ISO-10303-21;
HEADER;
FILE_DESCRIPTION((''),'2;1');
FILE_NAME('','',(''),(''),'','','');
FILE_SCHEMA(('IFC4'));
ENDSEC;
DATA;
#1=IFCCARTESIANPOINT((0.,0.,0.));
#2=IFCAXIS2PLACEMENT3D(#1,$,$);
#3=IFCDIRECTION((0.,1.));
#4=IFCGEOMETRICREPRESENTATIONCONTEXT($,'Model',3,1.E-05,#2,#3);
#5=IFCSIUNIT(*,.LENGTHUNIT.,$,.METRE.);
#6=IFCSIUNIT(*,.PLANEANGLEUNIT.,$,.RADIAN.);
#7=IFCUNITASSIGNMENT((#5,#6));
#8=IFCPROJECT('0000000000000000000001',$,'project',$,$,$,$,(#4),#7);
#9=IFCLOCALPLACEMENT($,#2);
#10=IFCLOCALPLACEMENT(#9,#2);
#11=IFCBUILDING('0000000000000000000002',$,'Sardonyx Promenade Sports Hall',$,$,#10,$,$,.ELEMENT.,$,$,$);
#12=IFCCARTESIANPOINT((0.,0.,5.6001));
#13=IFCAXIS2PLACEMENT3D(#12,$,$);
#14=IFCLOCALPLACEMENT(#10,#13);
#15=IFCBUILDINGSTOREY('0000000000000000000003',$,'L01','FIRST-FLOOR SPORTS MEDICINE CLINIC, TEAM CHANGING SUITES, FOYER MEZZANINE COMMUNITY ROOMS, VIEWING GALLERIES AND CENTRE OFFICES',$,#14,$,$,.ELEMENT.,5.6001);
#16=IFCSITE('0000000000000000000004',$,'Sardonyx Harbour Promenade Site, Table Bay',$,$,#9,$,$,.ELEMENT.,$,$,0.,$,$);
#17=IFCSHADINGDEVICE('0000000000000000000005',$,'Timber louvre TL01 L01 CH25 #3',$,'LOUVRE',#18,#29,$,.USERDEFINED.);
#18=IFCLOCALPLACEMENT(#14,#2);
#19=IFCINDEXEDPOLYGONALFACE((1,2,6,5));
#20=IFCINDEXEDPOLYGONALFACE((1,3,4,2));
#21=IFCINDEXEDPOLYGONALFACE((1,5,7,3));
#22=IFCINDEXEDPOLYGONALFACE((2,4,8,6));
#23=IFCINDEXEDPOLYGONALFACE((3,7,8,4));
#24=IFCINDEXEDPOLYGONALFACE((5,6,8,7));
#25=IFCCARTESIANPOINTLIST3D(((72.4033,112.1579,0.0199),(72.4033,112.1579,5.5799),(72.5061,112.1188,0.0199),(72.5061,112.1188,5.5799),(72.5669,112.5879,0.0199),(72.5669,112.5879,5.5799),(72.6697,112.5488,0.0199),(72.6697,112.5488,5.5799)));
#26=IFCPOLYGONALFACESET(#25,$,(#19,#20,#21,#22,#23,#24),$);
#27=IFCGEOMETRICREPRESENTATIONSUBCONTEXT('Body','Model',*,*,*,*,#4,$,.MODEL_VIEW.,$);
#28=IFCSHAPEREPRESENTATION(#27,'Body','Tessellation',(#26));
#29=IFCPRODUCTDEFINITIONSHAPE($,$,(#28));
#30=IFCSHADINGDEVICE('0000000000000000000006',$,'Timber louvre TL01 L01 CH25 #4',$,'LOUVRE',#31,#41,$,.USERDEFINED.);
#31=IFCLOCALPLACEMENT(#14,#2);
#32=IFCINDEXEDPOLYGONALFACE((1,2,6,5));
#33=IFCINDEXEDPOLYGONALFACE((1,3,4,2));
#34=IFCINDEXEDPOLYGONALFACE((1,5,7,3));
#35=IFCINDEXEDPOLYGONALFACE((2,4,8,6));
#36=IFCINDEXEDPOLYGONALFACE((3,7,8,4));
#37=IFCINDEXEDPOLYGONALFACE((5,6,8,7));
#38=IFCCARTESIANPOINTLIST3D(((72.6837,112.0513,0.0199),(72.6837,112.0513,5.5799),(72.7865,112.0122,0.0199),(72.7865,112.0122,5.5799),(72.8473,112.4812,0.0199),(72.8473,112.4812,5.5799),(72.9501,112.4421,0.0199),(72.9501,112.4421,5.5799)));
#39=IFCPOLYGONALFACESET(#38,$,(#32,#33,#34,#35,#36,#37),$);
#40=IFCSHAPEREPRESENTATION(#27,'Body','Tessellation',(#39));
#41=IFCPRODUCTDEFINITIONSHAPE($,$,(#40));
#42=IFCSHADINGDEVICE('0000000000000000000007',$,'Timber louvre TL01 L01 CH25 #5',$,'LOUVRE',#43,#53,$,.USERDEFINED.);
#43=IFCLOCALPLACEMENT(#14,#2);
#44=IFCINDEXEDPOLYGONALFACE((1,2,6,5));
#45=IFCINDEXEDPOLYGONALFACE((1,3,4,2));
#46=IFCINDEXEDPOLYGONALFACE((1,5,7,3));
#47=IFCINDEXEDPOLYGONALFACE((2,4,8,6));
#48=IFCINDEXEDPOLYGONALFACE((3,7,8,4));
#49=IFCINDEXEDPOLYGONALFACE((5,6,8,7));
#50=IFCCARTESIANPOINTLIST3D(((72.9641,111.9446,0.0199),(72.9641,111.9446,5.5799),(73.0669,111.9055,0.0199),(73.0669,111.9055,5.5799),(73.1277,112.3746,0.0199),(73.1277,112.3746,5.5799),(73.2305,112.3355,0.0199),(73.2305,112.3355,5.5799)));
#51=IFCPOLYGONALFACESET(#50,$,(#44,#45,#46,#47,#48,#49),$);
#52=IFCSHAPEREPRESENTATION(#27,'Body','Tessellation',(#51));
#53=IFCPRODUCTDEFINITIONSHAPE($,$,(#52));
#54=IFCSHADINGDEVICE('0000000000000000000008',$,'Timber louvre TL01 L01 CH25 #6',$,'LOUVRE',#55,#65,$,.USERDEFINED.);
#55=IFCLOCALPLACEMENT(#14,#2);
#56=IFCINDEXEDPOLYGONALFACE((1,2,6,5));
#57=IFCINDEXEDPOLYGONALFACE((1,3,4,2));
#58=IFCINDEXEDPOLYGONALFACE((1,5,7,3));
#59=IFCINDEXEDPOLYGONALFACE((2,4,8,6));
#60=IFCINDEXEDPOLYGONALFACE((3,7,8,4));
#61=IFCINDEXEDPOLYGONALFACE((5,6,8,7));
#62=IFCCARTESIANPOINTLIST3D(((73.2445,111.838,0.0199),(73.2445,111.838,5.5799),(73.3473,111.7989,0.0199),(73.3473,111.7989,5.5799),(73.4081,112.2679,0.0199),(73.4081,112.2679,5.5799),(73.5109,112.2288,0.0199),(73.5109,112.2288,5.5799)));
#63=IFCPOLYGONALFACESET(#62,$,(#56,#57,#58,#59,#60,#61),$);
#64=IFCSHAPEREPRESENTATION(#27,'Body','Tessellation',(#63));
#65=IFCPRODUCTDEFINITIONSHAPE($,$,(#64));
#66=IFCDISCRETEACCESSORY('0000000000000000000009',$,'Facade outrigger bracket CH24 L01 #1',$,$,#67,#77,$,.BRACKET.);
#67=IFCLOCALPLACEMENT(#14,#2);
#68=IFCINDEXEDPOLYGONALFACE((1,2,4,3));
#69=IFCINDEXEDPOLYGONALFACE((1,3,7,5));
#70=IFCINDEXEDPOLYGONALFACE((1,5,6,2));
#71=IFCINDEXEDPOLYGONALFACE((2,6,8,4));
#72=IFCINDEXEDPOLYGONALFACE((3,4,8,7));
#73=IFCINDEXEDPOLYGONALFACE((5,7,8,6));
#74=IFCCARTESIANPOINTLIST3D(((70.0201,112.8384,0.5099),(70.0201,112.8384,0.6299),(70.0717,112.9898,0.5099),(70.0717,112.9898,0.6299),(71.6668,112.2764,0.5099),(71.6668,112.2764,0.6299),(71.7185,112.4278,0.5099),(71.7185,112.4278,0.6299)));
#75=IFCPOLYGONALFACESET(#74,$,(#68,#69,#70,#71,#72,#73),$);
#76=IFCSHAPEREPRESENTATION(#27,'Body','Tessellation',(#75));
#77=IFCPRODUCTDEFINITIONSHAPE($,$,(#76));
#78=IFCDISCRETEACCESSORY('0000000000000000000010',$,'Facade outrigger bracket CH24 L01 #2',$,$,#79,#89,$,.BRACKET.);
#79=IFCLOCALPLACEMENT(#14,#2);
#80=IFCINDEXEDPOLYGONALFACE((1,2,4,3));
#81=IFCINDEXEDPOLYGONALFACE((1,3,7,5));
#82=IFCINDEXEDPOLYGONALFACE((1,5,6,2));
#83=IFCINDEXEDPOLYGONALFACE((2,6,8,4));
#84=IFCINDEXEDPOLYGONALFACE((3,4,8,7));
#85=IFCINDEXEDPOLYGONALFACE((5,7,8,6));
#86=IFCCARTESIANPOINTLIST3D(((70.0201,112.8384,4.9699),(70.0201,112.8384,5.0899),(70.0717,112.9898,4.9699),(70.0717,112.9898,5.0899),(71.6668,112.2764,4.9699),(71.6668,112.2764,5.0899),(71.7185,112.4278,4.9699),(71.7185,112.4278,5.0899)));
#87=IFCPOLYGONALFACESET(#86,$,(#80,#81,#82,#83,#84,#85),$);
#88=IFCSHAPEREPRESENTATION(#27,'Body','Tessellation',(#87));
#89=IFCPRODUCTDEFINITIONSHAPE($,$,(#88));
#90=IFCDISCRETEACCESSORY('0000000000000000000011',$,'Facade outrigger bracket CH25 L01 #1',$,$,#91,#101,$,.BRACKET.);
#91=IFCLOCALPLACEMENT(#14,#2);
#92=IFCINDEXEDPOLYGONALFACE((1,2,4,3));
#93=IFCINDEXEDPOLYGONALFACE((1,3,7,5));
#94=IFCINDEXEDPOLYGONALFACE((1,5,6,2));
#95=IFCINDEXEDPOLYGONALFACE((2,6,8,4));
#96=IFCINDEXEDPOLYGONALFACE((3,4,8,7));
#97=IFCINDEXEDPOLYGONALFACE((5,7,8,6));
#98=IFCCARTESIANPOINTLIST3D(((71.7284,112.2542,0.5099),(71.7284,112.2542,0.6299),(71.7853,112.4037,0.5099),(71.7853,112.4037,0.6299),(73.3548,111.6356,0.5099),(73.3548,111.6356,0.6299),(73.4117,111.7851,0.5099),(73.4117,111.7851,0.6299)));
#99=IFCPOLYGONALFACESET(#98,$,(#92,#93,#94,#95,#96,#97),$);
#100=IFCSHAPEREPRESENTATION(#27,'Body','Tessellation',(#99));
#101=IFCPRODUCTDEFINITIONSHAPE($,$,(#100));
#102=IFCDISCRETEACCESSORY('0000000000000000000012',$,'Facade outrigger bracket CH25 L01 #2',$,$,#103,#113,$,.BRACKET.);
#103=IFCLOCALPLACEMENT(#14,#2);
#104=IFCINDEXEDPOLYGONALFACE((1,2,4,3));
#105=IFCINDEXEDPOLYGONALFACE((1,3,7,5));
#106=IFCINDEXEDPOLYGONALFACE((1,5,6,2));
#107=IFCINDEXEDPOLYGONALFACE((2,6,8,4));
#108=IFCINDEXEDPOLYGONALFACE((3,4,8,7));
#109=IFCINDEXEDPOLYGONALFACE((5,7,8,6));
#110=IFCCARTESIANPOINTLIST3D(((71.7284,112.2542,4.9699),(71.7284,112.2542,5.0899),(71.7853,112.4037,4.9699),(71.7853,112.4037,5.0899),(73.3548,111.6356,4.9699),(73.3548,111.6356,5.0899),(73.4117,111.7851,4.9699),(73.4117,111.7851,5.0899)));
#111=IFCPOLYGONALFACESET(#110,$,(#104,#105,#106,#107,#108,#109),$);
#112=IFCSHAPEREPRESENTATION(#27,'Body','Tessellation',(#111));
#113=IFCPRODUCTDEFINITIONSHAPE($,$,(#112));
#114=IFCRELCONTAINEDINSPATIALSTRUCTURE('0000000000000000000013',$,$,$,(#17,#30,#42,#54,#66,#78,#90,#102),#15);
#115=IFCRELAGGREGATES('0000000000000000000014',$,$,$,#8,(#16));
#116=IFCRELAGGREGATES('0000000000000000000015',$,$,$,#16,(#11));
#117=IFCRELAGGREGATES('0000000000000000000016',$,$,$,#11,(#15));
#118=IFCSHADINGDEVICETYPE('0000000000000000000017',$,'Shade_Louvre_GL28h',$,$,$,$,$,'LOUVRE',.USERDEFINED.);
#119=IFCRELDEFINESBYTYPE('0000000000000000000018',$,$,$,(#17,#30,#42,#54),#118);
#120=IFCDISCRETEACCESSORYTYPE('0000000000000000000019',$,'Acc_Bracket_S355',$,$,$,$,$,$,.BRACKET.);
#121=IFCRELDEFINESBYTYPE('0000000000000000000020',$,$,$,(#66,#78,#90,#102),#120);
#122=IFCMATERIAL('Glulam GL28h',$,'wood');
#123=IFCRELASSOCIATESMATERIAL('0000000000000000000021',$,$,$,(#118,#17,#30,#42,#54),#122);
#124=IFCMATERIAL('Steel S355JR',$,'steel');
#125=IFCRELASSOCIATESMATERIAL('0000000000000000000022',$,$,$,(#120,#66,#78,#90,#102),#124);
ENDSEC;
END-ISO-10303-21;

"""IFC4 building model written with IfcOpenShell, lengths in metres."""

from ifc_helpers import new_model, si_unit, direction, frame, origin, place, context, subcontext, project, spatial, rectangle, extrude, material, type_object, element, save


model = new_model("IFC4")

# Units and contexts
model_context = context("Model", 3, precision=1e-05, world=origin(), true_north=direction((0.0, 1.0)))
body_context = subcontext(model_context, "Body", "Model", "MODEL_VIEW")
ifc_project = project(units=[si_unit("LENGTHUNIT", "METRE"), si_unit("PLANEANGLEUNIT", "RADIAN")], contexts=[model_context])

# Site, building, storey
site_placement = place(None, origin())
site = spatial("IfcSite", under=ifc_project, at=site_placement, Name="Sardonyx Harbour Promenade Site, Table Bay", CompositionType="ELEMENT", RefElevation=0.0)
building_placement = place(site_placement, origin())
building = spatial("IfcBuilding", under=site, at=building_placement, Name="Sardonyx Promenade Sports Hall", CompositionType="ELEMENT")
storey_placement = place(building_placement, frame((0.0, 0.0, 5.6001)))
storey = spatial("IfcBuildingStorey", under=building, at=storey_placement, Name="L01", Description="FIRST-FLOOR SPORTS MEDICINE CLINIC, TEAM CHANGING SUITES, FOYER MEZZANINE COMMUNITY ROOMS, VIEWING GALLERIES AND CENTRE OFFICES", CompositionType="ELEMENT", Elevation=5.6001)

# Shading devices
ifc_material_1 = material(Name="Glulam GL28h", Category="wood")
shading_device_type_1 = type_object("IfcShadingDeviceType", Name="Shade_Louvre_GL28h", ElementType="LOUVRE", PredefinedType="USERDEFINED", material=ifc_material_1)
for number, where, z_axis, x_axis, name in (
    (1, (72.5365, 112.3534, 0.0199), (0.0, 0.0, 1.0), (0.934666, -0.355528, 0.0), "Timber louvre TL01 L01 CH25 #3"),
    (2, (72.8169, 112.2467, 0.0199), (0.0, 0.0, 1.0), (0.934666, -0.355528, 0.0), "Timber louvre TL01 L01 CH25 #4"),
    (3, (73.0973, 112.1401, 0.0199), (0.0, 0.0, 1.0), (0.934666, -0.355528, 0.0), "Timber louvre TL01 L01 CH25 #5"),
    (4, (73.3777, 112.0334, 0.0199), (0.0, 0.0, 1.0), (0.934666, -0.355528, 0.0), "Timber louvre TL01 L01 CH25 #6"),
):
    element("IfcShadingDevice", number, at=place(storey_placement, frame(where, z_axis=z_axis, x_axis=x_axis)), inside=storey, type_object=shading_device_type_1, material=ifc_material_1, Name=name, ObjectType="LOUVRE", PredefinedType="USERDEFINED", context=body_context, shape_type="SweptSolid", body=[
        extrude(rectangle(XDim=0.11, YDim=0.46), origin(), (0.0, 0.0, 1.0), 5.56),
    ])

# Discrete accessories
ifc_material_2 = material(Name="Steel S355JR", Category="steel")
discrete_accessory_type = type_object("IfcDiscreteAccessoryType", Name="Acc_Bracket_S355", PredefinedType="BRACKET", material=ifc_material_2)
for number, where, z_axis, x_axis, name in (
    (5, (70.8693, 112.6331, 0.5099), (0.0, 0.0, 1.0), (0.946411, -0.322966, 0.0), "Facade outrigger bracket CH24 L01 #1"),
    (6, (70.8693, 112.6331, 4.9699), (0.0, 0.0, 1.0), (0.946411, -0.322966, 0.0), "Facade outrigger bracket CH24 L01 #2"),
    (7, (72.5701, 112.0196, 0.5099), (0.0, 0.0, 1.0), (0.934666, -0.355528, 0.0), "Facade outrigger bracket CH25 L01 #1"),
    (8, (72.5701, 112.0196, 4.9699), (0.0, 0.0, 1.0), (0.934666, -0.355528, 0.0), "Facade outrigger bracket CH25 L01 #2"),
):
    element("IfcDiscreteAccessory", number, at=place(storey_placement, frame(where, z_axis=z_axis, x_axis=x_axis)), inside=storey, type_object=discrete_accessory_type, material=ifc_material_2, Name=name, PredefinedType="BRACKET", context=body_context, shape_type="SweptSolid", body=[
        extrude(rectangle(XDim=1.74, YDim=0.16), origin(), (0.0, 0.0, 1.0), 0.12),
    ])

save(model, "model.ifc")
